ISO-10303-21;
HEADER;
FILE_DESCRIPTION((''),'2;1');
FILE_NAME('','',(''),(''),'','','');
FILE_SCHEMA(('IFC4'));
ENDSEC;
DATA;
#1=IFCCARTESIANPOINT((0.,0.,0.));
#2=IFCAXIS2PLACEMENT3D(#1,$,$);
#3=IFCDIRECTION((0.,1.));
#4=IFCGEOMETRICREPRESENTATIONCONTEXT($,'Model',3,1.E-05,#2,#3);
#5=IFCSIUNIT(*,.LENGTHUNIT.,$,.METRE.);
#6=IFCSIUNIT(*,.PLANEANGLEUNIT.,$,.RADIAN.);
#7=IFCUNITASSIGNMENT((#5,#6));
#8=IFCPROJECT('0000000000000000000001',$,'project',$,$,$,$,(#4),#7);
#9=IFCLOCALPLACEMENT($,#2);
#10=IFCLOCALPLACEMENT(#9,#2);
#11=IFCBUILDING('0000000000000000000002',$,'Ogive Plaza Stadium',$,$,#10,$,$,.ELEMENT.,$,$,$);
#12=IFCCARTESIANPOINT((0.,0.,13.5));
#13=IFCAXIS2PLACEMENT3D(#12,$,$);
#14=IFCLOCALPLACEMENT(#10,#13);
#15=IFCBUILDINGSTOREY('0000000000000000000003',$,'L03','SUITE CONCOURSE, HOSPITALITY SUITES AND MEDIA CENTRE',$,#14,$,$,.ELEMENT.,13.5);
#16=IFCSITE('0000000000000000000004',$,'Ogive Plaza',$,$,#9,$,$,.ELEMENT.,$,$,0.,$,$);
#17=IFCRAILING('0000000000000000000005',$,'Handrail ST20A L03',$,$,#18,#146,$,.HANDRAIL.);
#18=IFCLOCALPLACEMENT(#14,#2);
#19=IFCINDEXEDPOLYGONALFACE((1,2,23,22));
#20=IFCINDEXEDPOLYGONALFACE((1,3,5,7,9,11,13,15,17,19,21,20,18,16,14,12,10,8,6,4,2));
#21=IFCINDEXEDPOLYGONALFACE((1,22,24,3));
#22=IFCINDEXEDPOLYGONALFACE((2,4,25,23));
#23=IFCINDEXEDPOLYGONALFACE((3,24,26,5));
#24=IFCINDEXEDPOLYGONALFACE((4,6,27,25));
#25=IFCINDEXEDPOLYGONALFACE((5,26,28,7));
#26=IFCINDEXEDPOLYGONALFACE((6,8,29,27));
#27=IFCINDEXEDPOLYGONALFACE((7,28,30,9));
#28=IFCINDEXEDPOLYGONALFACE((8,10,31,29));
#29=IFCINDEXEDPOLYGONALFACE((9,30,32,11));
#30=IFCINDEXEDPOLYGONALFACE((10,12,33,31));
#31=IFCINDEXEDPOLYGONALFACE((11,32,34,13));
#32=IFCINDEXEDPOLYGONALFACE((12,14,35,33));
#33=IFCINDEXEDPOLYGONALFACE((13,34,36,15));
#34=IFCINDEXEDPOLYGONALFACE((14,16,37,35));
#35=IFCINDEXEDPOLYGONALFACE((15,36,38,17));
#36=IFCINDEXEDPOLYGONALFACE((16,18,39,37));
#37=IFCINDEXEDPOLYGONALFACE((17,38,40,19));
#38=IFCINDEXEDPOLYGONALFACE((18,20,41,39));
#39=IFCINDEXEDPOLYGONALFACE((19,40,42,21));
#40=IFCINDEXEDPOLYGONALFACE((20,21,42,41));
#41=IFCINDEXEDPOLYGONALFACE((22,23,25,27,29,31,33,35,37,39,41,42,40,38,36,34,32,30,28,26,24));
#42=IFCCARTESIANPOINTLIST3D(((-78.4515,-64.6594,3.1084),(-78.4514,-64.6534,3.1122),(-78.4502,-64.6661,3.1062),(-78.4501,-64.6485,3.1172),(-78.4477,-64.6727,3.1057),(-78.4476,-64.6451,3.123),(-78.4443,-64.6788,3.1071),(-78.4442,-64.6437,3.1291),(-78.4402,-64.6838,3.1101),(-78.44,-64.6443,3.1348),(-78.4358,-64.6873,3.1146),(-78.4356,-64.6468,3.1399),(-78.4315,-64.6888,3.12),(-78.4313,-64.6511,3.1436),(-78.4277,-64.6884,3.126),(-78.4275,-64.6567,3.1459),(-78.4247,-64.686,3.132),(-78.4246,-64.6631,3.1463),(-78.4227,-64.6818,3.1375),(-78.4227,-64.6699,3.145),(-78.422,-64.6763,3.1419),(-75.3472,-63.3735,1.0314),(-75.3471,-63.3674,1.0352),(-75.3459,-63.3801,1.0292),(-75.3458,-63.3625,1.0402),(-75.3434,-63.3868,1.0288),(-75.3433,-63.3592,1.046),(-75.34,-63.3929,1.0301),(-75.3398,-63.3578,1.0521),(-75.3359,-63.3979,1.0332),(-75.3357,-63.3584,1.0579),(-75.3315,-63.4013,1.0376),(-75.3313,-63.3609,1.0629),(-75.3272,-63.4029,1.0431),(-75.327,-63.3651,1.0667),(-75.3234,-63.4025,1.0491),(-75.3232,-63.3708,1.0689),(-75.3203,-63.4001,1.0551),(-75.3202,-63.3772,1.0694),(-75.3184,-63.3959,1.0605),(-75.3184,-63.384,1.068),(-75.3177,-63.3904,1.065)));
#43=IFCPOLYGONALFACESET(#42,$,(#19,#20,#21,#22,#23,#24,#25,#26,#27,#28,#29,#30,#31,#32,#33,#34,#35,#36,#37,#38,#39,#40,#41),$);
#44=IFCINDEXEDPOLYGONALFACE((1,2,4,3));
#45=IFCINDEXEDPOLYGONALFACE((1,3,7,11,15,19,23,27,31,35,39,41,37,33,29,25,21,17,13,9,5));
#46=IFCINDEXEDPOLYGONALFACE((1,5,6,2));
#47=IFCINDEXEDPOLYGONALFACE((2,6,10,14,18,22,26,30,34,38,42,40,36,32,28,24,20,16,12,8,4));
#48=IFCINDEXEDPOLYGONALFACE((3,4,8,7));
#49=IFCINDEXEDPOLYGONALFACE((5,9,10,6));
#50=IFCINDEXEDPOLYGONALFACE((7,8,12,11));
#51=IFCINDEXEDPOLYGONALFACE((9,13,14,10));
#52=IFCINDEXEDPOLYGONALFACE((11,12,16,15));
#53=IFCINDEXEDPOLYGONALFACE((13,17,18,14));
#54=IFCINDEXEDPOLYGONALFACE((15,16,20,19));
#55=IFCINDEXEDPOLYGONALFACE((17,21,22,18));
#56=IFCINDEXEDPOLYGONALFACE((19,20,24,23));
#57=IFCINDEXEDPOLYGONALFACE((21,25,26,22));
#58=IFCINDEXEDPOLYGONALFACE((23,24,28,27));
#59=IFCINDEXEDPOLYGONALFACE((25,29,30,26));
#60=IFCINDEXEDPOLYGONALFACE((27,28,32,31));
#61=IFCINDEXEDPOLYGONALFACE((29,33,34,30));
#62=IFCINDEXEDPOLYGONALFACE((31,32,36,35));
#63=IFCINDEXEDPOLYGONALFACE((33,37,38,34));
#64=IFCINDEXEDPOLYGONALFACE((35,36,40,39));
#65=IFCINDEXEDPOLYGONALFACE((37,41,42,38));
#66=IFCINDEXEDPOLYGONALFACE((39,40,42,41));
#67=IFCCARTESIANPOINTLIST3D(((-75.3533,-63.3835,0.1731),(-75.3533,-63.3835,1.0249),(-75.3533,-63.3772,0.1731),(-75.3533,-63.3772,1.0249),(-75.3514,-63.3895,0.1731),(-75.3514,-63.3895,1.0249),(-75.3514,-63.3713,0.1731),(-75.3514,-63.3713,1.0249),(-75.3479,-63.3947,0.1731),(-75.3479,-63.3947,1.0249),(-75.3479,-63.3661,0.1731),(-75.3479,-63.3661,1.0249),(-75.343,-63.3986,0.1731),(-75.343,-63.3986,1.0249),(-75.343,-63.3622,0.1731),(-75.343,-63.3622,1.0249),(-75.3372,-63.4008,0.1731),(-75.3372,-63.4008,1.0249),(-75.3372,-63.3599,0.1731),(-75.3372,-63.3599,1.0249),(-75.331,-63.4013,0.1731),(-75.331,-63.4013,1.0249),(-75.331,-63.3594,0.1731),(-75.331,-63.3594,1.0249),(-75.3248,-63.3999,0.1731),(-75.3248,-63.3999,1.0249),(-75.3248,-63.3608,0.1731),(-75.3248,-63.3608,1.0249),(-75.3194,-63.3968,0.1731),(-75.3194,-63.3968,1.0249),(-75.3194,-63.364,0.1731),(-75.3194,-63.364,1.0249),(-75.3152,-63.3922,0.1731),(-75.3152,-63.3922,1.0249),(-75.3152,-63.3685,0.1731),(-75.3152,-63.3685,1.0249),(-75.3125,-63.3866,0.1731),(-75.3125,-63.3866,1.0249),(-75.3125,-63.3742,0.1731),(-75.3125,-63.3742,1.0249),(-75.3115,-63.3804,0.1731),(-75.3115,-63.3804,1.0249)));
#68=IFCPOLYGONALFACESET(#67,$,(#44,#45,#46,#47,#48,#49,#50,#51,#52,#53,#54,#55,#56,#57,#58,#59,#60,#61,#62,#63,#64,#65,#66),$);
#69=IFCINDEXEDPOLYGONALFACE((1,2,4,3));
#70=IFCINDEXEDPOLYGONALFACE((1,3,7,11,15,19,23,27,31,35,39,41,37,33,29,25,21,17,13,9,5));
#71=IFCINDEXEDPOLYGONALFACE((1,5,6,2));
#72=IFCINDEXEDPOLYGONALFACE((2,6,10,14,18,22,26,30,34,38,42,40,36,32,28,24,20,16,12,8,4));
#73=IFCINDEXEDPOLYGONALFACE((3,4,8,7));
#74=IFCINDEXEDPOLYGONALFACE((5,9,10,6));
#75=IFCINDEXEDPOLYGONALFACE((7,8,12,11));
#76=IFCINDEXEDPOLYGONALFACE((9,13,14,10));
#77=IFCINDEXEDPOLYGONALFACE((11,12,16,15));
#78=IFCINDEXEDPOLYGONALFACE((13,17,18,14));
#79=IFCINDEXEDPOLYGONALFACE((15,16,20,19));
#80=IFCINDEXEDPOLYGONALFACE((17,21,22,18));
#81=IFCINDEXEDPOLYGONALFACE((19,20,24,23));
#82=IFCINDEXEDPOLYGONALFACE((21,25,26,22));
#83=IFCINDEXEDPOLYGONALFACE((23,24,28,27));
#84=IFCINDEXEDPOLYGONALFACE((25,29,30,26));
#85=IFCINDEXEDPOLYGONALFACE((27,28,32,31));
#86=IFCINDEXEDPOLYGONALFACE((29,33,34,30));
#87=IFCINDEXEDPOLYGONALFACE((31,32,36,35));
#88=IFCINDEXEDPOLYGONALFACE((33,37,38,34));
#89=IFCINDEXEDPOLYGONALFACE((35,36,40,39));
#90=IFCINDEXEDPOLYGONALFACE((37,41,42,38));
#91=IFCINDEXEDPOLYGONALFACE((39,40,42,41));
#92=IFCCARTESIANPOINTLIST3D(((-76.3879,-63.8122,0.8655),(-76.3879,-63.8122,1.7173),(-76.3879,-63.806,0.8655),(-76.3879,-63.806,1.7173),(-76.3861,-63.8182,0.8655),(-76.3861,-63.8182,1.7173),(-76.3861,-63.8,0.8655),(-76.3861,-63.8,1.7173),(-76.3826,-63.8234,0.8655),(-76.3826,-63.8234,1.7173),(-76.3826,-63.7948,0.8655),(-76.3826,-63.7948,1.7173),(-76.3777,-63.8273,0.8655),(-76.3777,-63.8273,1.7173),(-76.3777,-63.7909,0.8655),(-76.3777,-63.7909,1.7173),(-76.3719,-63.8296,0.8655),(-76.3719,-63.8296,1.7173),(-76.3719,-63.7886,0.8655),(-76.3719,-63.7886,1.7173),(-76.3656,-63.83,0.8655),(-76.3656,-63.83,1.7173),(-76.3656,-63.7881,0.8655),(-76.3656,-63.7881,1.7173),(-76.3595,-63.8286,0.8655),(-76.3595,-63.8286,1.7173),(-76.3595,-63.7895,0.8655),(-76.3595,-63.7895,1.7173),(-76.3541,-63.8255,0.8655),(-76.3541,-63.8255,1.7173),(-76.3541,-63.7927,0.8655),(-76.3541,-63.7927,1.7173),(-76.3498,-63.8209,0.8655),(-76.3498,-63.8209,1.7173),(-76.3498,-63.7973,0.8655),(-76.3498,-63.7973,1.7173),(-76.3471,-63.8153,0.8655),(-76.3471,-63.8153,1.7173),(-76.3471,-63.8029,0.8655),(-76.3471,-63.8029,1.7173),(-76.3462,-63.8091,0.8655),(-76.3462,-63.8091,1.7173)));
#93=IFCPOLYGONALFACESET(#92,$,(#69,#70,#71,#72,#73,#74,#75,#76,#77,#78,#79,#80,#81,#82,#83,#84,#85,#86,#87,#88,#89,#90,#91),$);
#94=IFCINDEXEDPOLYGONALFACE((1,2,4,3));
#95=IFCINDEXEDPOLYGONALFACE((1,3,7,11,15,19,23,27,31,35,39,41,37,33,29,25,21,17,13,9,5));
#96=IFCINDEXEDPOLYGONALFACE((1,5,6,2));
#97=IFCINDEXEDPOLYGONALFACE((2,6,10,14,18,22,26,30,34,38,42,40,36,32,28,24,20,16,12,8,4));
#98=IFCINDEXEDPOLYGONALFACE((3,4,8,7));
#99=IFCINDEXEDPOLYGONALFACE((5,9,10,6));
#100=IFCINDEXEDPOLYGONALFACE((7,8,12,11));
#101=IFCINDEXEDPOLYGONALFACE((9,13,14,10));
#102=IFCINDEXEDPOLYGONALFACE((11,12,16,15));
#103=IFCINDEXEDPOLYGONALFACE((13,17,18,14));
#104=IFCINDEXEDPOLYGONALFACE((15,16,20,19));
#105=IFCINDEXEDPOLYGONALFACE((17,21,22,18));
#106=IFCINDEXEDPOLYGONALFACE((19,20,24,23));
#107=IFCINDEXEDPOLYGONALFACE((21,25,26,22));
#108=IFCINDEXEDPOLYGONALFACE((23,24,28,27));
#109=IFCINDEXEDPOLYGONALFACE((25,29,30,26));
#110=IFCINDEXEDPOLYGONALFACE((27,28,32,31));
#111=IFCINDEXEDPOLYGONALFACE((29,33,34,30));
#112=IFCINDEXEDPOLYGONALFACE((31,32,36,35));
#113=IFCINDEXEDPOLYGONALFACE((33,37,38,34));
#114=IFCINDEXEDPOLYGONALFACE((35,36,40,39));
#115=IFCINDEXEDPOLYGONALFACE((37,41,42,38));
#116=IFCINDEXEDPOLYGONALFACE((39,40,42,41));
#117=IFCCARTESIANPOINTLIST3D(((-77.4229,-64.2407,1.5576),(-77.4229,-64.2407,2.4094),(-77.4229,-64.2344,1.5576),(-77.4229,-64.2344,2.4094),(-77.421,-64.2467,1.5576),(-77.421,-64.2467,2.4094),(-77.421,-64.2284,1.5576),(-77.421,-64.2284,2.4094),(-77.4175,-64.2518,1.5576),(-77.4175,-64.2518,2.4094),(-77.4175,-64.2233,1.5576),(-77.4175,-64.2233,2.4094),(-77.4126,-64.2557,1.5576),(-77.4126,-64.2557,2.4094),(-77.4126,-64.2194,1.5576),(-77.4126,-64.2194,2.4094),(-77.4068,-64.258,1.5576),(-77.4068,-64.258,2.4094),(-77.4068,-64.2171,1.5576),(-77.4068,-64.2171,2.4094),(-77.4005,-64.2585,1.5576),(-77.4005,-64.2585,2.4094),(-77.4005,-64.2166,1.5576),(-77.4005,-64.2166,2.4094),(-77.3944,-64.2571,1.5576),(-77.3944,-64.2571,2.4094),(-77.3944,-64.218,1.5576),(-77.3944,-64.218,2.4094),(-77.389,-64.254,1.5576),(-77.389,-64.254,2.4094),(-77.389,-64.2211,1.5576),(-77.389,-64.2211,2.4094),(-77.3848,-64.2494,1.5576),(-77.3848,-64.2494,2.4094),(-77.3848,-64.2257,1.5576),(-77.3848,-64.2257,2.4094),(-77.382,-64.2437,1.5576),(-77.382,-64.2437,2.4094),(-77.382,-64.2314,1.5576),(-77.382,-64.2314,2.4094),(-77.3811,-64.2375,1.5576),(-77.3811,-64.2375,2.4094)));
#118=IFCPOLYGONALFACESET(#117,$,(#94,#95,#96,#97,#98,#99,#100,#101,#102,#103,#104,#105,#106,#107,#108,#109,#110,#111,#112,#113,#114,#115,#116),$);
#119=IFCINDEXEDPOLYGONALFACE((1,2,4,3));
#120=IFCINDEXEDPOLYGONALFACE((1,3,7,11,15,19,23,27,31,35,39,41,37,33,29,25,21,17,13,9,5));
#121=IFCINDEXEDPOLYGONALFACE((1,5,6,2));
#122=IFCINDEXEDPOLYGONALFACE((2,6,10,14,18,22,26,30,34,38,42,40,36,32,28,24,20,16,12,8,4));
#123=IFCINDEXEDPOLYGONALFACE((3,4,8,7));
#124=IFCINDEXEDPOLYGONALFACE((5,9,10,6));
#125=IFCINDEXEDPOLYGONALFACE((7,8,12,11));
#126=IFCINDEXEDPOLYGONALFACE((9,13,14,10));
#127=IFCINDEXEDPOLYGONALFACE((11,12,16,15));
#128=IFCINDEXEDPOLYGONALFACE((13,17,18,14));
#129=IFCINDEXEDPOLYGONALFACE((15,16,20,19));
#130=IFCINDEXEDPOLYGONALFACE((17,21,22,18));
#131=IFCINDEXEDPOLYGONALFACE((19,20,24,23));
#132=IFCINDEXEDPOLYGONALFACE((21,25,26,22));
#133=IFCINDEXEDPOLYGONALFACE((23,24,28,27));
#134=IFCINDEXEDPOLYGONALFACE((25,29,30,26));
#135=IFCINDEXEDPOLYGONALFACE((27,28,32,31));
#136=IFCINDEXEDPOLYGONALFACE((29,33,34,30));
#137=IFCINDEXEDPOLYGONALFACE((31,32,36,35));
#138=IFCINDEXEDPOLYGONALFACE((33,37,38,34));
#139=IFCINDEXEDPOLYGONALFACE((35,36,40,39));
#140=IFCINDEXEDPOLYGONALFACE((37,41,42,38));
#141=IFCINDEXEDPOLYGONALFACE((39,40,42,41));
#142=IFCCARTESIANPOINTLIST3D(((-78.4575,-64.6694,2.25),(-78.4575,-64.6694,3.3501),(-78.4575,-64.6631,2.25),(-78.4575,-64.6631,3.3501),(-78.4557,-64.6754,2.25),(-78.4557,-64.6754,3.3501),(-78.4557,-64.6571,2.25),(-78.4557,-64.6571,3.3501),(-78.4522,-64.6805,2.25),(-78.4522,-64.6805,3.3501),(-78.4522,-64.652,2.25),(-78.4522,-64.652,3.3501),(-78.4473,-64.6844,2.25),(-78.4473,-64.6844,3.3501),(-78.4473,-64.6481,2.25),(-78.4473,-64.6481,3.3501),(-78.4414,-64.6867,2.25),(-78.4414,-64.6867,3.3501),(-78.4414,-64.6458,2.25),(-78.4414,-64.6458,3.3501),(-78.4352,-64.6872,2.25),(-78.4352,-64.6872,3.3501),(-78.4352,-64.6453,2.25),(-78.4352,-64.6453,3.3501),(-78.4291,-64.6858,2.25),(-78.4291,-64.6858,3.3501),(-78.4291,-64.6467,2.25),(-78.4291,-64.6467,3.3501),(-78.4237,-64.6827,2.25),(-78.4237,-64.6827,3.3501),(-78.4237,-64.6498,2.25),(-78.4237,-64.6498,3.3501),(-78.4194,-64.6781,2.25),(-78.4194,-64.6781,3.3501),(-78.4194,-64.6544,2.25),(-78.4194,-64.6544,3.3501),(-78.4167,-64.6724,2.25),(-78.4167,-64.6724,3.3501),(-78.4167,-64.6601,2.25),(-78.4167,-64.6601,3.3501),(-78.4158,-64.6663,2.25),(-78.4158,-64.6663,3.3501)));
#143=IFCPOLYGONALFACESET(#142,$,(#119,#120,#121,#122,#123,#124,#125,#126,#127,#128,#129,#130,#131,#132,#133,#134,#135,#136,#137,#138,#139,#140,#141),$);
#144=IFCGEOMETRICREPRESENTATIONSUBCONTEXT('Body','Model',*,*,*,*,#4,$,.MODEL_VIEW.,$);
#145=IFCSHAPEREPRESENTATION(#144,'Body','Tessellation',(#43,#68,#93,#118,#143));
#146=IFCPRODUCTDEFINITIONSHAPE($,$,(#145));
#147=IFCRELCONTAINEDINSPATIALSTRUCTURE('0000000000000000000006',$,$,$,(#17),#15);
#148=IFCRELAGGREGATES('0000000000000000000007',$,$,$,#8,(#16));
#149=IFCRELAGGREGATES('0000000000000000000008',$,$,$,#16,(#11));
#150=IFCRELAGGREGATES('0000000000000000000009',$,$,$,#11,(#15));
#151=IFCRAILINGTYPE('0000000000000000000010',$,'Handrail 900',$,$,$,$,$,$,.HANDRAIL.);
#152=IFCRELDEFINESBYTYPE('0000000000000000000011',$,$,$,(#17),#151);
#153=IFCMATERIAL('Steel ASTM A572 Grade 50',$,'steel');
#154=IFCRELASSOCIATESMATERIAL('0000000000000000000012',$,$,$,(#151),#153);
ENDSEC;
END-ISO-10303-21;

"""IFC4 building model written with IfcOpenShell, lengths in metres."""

from ifc_helpers import new_model, si_unit, direction, frame, origin, origin_2d, place, context, subcontext, project, spatial, circle, extrude, material, type_object, element, save


model = new_model("IFC4")

# Units and contexts
model_context = context("Model", 3, precision=1e-05, world=origin(), true_north=direction((0.0, 1.0)))
body_context = subcontext(model_context, "Body", "Model", "MODEL_VIEW")
ifc_project = project(units=[si_unit("LENGTHUNIT", "METRE"), si_unit("PLANEANGLEUNIT", "RADIAN")], contexts=[model_context])

# Site, building, storey
site_placement = place(None, origin())
site = spatial("IfcSite", under=ifc_project, at=site_placement, Name="Ogive Plaza", CompositionType="ELEMENT", RefElevation=0.0)
building_placement = place(site_placement, origin())
building = spatial("IfcBuilding", under=site, at=building_placement, Name="Ogive Plaza Stadium", CompositionType="ELEMENT")
storey_placement = place(building_placement, frame((0.0, 0.0, 13.5)))
storey = spatial("IfcBuildingStorey", under=building, at=storey_placement, Name="L03", Description="SUITE CONCOURSE, HOSPITALITY SUITES AND MEDIA CENTRE", CompositionType="ELEMENT", Elevation=13.5)

# Railing
ifc_material_1 = material(Name="Steel ASTM A572 Grade 50", Category="steel")
railing_type = type_object("IfcRailingType", Name="Handrail 900", PredefinedType="HANDRAIL", material=ifc_material_1)
railing_placement = place(storey_placement, frame((-75.3325, -63.3804, 0.1731)))
element("IfcRailing", 1, at=railing_placement, inside=storey, type_object=railing_type, Name="Handrail ST20A L03", PredefinedType="HANDRAIL", context=body_context, shape_type="SweptSolid", body=[
    extrude(circle(Radius=0.0239, at=origin_2d()), frame((0.0, 0.0, 0.876), z_axis=(-0.785863, -0.325532, 0.525783), x_axis=(0.3827, -0.923872, 0.0)), (0.0, 0.0, 1.0), 3.9502),
    extrude(circle(Radius=0.021, at=origin_2d()), origin(), (0.0, 0.0, 1.0), 0.8518),
    extrude(circle(Radius=0.021, at=origin_2d()), frame((-1.0347, -0.4287, 0.6924)), (0.0, 0.0, 1.0), 0.8518),
    extrude(circle(Radius=0.021, at=origin_2d()), frame((-2.0696, -0.8572, 1.3845)), (0.0, 0.0, 1.0), 0.8518),
    extrude(circle(Radius=0.021, at=origin_2d()), frame((-3.1042, -1.2859, 2.0769)), (0.0, 0.0, 1.0), 1.1001),
])

save(model, "model.ifc")
